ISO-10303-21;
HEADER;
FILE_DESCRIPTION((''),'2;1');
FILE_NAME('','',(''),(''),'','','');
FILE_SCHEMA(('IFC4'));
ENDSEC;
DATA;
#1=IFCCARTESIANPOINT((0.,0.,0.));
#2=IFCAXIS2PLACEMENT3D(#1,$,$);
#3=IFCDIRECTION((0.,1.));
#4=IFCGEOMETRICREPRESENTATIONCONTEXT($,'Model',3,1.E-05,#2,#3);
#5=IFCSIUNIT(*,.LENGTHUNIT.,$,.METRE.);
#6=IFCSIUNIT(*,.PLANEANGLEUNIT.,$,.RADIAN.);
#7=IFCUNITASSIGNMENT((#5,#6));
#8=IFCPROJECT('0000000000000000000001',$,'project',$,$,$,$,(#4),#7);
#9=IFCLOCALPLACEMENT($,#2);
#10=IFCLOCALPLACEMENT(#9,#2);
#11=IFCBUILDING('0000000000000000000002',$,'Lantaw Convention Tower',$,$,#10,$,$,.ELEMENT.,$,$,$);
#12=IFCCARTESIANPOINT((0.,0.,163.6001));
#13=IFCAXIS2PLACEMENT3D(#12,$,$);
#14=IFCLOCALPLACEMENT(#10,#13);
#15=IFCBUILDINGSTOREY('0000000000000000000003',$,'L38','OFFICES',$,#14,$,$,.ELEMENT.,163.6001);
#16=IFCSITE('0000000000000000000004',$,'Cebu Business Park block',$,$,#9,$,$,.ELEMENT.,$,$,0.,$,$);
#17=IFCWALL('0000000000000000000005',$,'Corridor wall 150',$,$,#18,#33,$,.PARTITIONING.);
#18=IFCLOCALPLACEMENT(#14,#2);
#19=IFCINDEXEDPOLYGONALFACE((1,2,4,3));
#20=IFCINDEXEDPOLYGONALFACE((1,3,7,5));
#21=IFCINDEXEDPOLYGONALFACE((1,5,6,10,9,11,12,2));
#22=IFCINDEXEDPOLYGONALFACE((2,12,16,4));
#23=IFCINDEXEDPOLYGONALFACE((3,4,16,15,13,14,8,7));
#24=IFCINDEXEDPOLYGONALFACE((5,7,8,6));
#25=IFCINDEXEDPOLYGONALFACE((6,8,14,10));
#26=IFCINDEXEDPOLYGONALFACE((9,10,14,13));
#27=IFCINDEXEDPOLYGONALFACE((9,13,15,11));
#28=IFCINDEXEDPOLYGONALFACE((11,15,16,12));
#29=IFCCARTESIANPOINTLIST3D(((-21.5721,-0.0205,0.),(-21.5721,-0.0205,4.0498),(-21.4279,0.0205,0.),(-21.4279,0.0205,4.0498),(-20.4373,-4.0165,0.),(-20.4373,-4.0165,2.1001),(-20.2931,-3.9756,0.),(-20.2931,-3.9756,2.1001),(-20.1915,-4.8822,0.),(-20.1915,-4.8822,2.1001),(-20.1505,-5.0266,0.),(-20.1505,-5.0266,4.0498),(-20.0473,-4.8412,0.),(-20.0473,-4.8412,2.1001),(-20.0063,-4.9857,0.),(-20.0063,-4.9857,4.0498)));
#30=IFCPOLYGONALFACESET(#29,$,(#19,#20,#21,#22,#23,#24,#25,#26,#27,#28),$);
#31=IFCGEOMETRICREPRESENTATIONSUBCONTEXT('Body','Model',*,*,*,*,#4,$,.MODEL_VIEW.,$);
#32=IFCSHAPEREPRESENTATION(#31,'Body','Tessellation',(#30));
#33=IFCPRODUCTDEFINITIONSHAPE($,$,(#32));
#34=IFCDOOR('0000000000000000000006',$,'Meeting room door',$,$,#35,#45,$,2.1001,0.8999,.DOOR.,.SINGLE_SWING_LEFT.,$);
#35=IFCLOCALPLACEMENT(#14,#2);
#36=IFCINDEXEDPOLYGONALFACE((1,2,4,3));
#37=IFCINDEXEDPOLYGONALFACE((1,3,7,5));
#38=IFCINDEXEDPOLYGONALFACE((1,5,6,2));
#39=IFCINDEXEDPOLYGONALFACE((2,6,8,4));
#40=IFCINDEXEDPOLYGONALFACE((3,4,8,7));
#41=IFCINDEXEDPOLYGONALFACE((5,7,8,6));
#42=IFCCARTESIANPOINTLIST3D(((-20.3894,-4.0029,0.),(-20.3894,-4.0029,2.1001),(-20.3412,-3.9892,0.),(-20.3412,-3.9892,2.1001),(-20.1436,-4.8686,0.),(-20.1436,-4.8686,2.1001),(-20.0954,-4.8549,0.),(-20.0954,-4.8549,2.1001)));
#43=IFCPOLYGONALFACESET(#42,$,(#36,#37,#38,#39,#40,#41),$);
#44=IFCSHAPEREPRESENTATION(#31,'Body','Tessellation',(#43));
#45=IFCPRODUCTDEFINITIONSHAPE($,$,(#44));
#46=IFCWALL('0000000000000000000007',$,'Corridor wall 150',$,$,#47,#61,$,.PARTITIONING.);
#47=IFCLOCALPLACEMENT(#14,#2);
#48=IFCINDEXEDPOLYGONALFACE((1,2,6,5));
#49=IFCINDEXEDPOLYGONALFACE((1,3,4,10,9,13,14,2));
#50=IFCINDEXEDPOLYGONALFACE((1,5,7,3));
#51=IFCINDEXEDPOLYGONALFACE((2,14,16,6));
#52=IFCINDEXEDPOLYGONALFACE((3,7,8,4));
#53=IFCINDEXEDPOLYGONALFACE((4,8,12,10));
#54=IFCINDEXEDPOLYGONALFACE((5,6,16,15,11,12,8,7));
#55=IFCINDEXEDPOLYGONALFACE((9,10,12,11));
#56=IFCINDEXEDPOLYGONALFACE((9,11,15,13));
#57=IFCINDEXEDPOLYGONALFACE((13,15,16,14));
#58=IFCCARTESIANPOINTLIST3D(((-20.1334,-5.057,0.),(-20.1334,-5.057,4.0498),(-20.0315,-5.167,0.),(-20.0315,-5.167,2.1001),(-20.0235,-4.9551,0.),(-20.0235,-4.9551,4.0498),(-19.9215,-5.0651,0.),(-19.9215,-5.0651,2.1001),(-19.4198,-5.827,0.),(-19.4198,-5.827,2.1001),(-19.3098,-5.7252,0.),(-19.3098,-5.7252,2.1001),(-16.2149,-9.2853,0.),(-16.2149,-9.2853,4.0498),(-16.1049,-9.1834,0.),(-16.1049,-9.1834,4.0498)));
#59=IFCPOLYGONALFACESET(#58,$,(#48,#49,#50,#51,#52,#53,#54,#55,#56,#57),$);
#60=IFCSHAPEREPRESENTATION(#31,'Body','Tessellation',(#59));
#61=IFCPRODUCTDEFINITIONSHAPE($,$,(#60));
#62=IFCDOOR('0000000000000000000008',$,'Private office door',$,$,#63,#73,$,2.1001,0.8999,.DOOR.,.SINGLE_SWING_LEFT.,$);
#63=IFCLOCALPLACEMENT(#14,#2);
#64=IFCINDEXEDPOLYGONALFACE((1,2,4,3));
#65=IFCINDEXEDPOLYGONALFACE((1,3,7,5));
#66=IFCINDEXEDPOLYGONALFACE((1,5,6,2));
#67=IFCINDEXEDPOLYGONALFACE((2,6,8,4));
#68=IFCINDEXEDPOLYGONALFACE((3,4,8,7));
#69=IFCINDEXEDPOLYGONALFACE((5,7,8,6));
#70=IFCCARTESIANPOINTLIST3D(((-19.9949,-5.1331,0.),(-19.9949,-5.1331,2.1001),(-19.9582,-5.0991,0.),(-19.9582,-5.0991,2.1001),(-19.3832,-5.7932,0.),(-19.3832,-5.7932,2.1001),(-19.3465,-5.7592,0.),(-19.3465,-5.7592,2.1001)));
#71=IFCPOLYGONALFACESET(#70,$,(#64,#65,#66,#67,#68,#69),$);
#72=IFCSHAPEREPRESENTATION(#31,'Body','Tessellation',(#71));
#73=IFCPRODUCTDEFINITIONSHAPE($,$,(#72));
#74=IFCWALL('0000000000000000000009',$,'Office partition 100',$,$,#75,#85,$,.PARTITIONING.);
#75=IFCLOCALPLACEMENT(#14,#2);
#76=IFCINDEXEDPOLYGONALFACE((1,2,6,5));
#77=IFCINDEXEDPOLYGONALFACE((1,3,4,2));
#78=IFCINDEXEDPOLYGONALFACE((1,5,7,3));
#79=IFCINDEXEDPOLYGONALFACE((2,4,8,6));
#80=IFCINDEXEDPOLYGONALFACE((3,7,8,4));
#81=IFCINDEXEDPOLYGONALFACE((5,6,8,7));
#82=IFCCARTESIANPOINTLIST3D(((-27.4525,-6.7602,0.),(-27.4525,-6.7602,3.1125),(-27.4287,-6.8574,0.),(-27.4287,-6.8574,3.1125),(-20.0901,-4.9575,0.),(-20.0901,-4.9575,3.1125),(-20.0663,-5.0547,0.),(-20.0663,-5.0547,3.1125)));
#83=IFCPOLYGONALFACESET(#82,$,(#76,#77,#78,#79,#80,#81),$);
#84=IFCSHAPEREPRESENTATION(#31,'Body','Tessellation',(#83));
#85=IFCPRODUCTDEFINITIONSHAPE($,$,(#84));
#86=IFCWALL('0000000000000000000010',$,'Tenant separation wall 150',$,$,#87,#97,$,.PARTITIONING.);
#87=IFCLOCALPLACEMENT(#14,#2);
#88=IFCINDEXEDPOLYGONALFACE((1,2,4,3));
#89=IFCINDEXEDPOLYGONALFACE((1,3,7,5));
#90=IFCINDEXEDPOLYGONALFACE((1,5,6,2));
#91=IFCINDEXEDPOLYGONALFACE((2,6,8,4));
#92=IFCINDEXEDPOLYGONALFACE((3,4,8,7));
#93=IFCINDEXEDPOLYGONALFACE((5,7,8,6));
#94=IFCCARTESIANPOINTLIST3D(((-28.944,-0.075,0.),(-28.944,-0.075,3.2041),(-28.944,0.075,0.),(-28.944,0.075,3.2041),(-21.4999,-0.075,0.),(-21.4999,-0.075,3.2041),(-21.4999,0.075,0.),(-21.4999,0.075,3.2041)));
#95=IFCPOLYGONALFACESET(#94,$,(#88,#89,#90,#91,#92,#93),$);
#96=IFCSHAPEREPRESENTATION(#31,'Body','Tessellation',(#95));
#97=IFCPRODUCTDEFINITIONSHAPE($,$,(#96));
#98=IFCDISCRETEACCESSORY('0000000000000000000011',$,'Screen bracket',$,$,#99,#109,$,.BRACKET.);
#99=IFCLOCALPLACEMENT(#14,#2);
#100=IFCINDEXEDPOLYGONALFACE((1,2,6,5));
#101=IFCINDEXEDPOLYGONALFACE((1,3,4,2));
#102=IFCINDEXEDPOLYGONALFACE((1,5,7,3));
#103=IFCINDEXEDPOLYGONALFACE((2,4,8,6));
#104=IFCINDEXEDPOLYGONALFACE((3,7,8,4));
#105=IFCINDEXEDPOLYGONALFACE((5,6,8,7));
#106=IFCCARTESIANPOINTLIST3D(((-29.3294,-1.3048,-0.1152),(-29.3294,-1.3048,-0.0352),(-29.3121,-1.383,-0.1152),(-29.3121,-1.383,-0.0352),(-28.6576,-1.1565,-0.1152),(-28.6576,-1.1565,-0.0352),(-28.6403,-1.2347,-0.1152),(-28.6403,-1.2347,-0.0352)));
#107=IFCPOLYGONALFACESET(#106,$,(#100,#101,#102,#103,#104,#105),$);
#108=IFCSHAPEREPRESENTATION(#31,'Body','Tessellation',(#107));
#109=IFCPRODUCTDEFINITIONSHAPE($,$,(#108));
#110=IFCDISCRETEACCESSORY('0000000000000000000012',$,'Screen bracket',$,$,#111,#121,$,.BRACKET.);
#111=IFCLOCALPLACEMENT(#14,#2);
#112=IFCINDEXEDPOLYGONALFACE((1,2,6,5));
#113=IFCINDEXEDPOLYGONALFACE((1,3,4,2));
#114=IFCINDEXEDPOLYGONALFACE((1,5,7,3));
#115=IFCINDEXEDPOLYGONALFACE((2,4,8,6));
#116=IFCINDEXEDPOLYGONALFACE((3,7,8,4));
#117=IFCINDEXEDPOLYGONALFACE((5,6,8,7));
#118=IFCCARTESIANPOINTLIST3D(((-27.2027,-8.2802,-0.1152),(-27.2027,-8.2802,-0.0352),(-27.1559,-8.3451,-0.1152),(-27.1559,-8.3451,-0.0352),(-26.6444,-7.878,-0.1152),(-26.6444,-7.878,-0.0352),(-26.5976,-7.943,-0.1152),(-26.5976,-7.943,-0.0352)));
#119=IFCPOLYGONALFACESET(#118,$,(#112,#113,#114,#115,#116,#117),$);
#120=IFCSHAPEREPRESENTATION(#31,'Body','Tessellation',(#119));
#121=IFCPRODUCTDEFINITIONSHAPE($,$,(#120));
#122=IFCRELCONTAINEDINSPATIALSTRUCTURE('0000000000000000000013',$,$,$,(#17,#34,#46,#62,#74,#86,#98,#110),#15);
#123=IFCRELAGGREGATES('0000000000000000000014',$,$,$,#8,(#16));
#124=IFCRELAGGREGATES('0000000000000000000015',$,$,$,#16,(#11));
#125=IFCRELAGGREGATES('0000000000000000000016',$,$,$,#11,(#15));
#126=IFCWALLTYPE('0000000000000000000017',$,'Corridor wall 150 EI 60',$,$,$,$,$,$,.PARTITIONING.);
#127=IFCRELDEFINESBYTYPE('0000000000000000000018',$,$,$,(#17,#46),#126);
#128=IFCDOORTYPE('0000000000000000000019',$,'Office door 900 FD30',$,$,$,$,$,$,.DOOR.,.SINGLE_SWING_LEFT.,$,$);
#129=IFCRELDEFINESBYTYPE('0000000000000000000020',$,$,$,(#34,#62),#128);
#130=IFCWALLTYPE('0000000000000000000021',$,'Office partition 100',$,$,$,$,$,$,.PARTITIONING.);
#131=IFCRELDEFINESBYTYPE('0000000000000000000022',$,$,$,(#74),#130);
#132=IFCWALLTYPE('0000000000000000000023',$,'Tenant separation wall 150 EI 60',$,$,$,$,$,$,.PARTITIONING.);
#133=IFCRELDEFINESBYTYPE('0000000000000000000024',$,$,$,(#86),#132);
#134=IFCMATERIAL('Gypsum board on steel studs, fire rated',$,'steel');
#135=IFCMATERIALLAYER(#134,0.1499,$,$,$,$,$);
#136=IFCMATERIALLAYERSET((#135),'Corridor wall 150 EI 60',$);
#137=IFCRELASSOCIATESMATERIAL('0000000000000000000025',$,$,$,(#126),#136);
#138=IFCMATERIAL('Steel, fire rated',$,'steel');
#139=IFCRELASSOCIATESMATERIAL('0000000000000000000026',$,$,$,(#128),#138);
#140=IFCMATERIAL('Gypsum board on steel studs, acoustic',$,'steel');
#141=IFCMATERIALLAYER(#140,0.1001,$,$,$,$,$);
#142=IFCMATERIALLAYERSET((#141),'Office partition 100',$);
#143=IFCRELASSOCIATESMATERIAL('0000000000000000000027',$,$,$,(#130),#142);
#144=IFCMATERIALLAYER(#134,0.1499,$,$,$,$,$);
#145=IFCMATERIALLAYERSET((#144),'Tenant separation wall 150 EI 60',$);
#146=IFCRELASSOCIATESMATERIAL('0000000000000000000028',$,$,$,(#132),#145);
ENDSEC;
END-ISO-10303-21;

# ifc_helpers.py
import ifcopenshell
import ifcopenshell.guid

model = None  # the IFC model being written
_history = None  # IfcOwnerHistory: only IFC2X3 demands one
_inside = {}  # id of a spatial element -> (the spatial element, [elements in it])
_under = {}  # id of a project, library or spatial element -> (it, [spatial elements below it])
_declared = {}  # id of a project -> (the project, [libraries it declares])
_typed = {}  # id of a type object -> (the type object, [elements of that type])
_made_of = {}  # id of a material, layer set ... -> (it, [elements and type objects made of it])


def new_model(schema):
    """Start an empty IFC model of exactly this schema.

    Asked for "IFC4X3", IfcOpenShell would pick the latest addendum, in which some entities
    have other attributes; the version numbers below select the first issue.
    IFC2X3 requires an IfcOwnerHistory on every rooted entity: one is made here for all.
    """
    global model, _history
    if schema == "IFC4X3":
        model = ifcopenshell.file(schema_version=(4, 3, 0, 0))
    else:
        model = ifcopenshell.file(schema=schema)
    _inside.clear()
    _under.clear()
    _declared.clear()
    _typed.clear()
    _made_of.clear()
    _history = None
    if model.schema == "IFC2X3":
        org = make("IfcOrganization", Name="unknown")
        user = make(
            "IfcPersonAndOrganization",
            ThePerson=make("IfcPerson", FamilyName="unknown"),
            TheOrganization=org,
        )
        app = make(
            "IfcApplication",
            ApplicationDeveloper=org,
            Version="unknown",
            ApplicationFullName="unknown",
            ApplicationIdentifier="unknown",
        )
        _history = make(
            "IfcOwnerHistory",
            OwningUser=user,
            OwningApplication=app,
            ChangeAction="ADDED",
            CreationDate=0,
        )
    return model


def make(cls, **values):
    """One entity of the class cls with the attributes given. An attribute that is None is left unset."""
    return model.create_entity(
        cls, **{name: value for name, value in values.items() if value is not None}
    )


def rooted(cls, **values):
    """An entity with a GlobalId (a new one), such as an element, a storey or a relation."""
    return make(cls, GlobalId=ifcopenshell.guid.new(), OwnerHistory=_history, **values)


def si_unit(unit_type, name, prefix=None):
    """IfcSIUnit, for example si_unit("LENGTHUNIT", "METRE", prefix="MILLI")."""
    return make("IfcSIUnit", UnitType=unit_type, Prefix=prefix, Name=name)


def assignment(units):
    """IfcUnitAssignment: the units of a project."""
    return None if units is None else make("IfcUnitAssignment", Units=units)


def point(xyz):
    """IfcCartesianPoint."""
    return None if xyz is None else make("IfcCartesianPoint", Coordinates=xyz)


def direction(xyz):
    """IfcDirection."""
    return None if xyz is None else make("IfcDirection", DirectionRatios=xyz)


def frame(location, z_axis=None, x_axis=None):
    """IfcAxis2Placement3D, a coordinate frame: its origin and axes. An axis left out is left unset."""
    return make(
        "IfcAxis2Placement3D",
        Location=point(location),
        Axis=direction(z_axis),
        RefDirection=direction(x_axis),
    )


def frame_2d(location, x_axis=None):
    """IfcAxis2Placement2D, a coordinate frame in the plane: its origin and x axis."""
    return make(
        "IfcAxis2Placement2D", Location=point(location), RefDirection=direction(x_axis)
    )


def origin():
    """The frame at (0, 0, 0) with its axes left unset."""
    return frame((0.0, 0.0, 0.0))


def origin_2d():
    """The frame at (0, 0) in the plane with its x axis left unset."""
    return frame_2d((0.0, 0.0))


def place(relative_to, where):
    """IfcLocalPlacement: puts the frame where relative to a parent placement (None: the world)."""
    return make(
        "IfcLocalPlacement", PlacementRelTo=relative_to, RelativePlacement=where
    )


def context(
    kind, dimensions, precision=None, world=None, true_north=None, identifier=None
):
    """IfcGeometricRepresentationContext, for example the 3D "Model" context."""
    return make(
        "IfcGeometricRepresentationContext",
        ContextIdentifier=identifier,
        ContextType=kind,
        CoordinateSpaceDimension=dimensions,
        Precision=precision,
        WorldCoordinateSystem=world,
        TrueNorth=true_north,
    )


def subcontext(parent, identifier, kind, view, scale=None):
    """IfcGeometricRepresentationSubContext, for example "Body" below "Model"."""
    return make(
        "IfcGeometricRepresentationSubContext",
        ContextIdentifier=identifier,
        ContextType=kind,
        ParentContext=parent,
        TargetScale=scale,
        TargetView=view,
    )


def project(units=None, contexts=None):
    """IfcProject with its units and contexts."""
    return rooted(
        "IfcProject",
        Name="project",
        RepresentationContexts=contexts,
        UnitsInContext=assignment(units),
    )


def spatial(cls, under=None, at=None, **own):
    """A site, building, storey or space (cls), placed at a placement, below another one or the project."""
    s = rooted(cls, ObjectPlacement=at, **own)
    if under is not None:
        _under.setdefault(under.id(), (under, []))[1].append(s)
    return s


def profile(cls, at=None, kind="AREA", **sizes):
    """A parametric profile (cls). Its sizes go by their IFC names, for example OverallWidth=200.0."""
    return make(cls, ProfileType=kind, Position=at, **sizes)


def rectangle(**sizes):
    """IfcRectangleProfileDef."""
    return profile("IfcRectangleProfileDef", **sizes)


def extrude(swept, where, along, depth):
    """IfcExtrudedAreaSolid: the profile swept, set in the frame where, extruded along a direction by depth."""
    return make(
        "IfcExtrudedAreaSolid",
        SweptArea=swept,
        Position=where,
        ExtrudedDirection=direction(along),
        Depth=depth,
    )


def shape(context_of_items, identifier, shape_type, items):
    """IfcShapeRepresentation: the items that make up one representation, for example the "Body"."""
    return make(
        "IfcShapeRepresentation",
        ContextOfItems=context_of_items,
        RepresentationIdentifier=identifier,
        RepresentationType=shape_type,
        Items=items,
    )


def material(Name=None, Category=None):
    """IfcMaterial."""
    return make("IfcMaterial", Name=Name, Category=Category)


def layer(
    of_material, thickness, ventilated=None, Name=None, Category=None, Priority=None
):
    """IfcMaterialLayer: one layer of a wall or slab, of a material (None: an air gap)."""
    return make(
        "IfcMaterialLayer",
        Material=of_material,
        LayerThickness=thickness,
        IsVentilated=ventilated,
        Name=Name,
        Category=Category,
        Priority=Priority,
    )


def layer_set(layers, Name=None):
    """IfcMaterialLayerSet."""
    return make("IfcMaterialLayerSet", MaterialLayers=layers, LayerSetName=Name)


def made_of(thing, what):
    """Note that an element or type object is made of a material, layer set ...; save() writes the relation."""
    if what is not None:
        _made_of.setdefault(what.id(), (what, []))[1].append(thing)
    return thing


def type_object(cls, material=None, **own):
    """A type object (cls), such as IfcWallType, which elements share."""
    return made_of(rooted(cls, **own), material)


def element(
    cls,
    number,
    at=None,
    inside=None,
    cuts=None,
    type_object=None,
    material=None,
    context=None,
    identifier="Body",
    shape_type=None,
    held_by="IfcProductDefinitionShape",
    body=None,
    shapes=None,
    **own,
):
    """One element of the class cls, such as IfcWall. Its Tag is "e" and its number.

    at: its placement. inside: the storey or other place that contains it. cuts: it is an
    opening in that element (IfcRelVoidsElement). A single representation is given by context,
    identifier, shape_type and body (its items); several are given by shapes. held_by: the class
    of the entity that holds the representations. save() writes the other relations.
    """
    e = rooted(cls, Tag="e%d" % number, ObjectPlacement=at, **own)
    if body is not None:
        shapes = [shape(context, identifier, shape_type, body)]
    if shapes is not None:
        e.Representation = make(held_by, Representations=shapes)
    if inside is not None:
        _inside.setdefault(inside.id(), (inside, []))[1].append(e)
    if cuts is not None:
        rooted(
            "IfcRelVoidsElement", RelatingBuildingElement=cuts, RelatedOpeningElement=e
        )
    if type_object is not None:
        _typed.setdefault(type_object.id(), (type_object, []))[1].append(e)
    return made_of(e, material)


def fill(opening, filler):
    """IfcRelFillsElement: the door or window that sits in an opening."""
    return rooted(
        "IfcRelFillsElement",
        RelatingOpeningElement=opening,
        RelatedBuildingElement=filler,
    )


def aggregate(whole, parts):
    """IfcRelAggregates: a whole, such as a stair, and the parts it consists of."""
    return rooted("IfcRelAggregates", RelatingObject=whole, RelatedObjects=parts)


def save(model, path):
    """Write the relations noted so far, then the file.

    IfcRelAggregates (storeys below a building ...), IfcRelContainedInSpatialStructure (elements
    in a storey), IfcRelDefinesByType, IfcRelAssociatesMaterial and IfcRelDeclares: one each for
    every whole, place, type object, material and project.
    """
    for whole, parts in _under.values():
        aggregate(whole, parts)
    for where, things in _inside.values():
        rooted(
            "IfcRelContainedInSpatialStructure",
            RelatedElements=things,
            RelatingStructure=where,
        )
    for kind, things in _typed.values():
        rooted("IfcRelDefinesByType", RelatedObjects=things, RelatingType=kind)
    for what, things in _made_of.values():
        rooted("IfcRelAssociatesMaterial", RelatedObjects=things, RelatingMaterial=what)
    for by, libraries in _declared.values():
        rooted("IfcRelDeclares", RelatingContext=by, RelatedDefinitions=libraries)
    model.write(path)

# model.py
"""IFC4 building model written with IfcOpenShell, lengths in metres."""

from ifc_helpers import new_model, si_unit, direction, frame, frame_2d, origin, origin_2d, place, context, subcontext, project, spatial, rectangle, extrude, material, layer, layer_set, type_object, element, fill, save


model = new_model("IFC4")

# Units and contexts
model_context = context("Model", 3, precision=1e-05, world=origin(), true_north=direction((0.0, 1.0)))
body_context = subcontext(model_context, "Body", "Model", "MODEL_VIEW")
ifc_project = project(units=[si_unit("LENGTHUNIT", "METRE"), si_unit("PLANEANGLEUNIT", "RADIAN")], contexts=[model_context])

# Site, building, storey
site_placement = place(None, origin())
site = spatial("IfcSite", under=ifc_project, at=site_placement, Name="Cebu Business Park block", CompositionType="ELEMENT", RefElevation=0.0)
building_placement = place(site_placement, origin())
building = spatial("IfcBuilding", under=site, at=building_placement, Name="Lantaw Convention Tower", CompositionType="ELEMENT")
storey_placement = place(building_placement, frame((0.0, 0.0, 163.6001)))
storey = spatial("IfcBuildingStorey", under=building, at=storey_placement, Name="L38", Description="OFFICES", CompositionType="ELEMENT", Elevation=163.6001)

# Walls, openings, doors
ifc_material_1 = material(Name="Gypsum board on steel studs, fire rated", Category="steel")
ifc_layer_1 = layer(ifc_material_1, 0.1499)
ifc_layer_set_1 = layer_set([ifc_layer_1], Name="Corridor wall 150 EI 60")
wall_type_1 = type_object("IfcWallType", Name="Corridor wall 150 EI 60", PredefinedType="PARTITIONING", material=ifc_layer_set_1)
wall_1_placement = place(storey_placement, frame((-21.5, 0.0, 0.0), z_axis=(0.0, 0.0, 1.0), x_axis=(0.273178, -0.961964, 0.0)))
wall_1 = element("IfcWall", 1, at=wall_1_placement, inside=storey, type_object=wall_type_1, Name="Corridor wall 150", PredefinedType="PARTITIONING", context=body_context, shape_type="SweptSolid", body=[
    extrude(rectangle(XDim=5.2041, YDim=0.1499, at=frame_2d((2.6021, 0.0))), origin(), (0.0, 0.0, 1.0), 4.0498),
])
opening_1_placement = place(wall_1_placement, frame((4.1541, 0.0, 0.0)))
opening_1 = element("IfcOpeningElement", 2, at=opening_1_placement, cuts=wall_1, PredefinedType="OPENING", context=body_context, shape_type="SweptSolid", body=[
    extrude(rectangle(XDim=0.8999, YDim=2.1001, at=frame_2d((0.45, 1.05))), frame((0.0, 0.085, 0.0), z_axis=(0.0, -1.0, 0.0), x_axis=(1.0, 0.0, 0.0)), (0.0, 0.0, 1.0), 0.1699),
])
ifc_material_2 = material(Name="Steel, fire rated", Category="steel")
door_type = type_object("IfcDoorType", Name="Office door 900 FD30", OperationType="SINGLE_SWING_LEFT", PredefinedType="DOOR", material=ifc_material_2)
door_1_placement = place(opening_1_placement, origin())
door_1 = element("IfcDoor", 3, at=door_1_placement, inside=storey, type_object=door_type, Name="Meeting room door", OperationType="SINGLE_SWING_LEFT", OverallHeight=2.1001, OverallWidth=0.8999, PredefinedType="DOOR", context=body_context, shape_type="SweptSolid", body=[
    extrude(rectangle(XDim=0.8999, YDim=2.1001, at=frame_2d((0.45, 1.05))), frame((0.0, 0.0249, 0.0), z_axis=(0.0, -1.0, 0.0), x_axis=(1.0, 0.0, 0.0)), (0.0, 0.0, 1.0), 0.05),
])
fill(opening_1, door_1)
wall_2_placement = place(storey_placement, frame((-20.0784, -5.0061, 0.0), z_axis=(0.0, 0.0, 1.0), x_axis=(0.679725, -0.733467, 0.0)))
wall_2 = element("IfcWall", 4, at=wall_2_placement, inside=storey, type_object=wall_type_1, Name="Corridor wall 150", PredefinedType="PARTITIONING", context=body_context, shape_type="SweptSolid", body=[
    extrude(rectangle(XDim=5.7649, YDim=0.1499, at=frame_2d((2.8823, 0.0))), origin(), (0.0, 0.0, 1.0), 4.0498),
])
opening_2_placement = place(wall_2_placement, frame((0.1499, 0.0, 0.0)))
opening_2 = element("IfcOpeningElement", 5, at=opening_2_placement, cuts=wall_2, PredefinedType="OPENING", context=body_context, shape_type="SweptSolid", body=[
    extrude(rectangle(XDim=0.8999, YDim=2.1001, at=frame_2d((0.45, 1.05))), frame((0.0, 0.085, 0.0), z_axis=(0.0, -1.0, 0.0), x_axis=(1.0, 0.0, 0.0)), (0.0, 0.0, 1.0), 0.1699),
])
door_2_placement = place(opening_2_placement, origin())
door_2 = element("IfcDoor", 6, at=door_2_placement, inside=storey, type_object=door_type, Name="Private office door", OperationType="SINGLE_SWING_LEFT", OverallHeight=2.1001, OverallWidth=0.8999, PredefinedType="DOOR", context=body_context, shape_type="SweptSolid", body=[
    extrude(rectangle(XDim=0.8999, YDim=2.1001, at=frame_2d((0.45, 1.05))), frame((0.0, 0.0249, 0.0), z_axis=(0.0, -1.0, 0.0), x_axis=(1.0, 0.0, 0.0)), (0.0, 0.0, 1.0), 0.05),
])
fill(opening_2, door_2)

# Walls
ifc_material_3 = material(Name="Gypsum board on steel studs, acoustic", Category="steel")
ifc_layer_2 = layer(ifc_material_3, 0.1001)
ifc_layer_set_2 = layer_set([ifc_layer_2], Name="Office partition 100")
wall_type_2 = type_object("IfcWallType", Name="Office partition 100", PredefinedType="PARTITIONING", material=ifc_layer_set_2)
wall_3_placement = place(storey_placement, frame((-27.4407, -6.8088, 0.0), z_axis=(0.0, 0.0, 1.0), x_axis=(0.971306, 0.237834, 0.0)))
element("IfcWall", 7, at=wall_3_placement, inside=storey, type_object=wall_type_2, Name="Office partition 100", PredefinedType="PARTITIONING", context=body_context, shape_type="SweptSolid", body=[
    extrude(rectangle(XDim=7.5798, YDim=0.1001, at=frame_2d((3.79, 0.0))), origin(), (0.0, 0.0, 1.0), 3.1125),
])
ifc_layer_3 = layer(ifc_material_1, 0.1499)
ifc_layer_set_3 = layer_set([ifc_layer_3], Name="Tenant separation wall 150 EI 60")
wall_type_3 = type_object("IfcWallType", Name="Tenant separation wall 150 EI 60", PredefinedType="PARTITIONING", material=ifc_layer_set_3)
wall_4_placement = place(storey_placement, frame((-28.9441, 0.0, 0.0), z_axis=(0.0, 0.0, 1.0), x_axis=(1.0, 0.0, 0.0)))
element("IfcWall", 8, at=wall_4_placement, inside=storey, type_object=wall_type_3, Name="Tenant separation wall 150", PredefinedType="PARTITIONING", context=body_context, shape_type="SweptSolid", body=[
    extrude(rectangle(XDim=7.4441, YDim=0.1499, at=frame_2d((3.7222, 0.0))), origin(), (0.0, 0.0, 1.0), 3.2041),
])

# Discrete accessories
for number, where, z_axis, x_axis, name in (
    (9, (-28.9849, -1.2698, -0.1152), (0.0, 0.0, 1.0), (0.215546, -0.976494, 0.0), "Screen bracket"),
    (10, (-26.9001, -8.1116, -0.1152), (0.0, 0.0, 1.0), (0.584513, -0.811385, 0.0), "Screen bracket"),
):
    element("IfcDiscreteAccessory", number, at=place(storey_placement, frame(where, z_axis=z_axis, x_axis=x_axis)), inside=storey, Name=name, PredefinedType="BRACKET", context=body_context, shape_type="SweptSolid", body=[
        extrude(rectangle(XDim=0.0801, YDim=0.688, at=origin_2d()), origin(), (0.0, 0.0, 1.0), 0.0801),
    ])

save(model, "model.ifc")
